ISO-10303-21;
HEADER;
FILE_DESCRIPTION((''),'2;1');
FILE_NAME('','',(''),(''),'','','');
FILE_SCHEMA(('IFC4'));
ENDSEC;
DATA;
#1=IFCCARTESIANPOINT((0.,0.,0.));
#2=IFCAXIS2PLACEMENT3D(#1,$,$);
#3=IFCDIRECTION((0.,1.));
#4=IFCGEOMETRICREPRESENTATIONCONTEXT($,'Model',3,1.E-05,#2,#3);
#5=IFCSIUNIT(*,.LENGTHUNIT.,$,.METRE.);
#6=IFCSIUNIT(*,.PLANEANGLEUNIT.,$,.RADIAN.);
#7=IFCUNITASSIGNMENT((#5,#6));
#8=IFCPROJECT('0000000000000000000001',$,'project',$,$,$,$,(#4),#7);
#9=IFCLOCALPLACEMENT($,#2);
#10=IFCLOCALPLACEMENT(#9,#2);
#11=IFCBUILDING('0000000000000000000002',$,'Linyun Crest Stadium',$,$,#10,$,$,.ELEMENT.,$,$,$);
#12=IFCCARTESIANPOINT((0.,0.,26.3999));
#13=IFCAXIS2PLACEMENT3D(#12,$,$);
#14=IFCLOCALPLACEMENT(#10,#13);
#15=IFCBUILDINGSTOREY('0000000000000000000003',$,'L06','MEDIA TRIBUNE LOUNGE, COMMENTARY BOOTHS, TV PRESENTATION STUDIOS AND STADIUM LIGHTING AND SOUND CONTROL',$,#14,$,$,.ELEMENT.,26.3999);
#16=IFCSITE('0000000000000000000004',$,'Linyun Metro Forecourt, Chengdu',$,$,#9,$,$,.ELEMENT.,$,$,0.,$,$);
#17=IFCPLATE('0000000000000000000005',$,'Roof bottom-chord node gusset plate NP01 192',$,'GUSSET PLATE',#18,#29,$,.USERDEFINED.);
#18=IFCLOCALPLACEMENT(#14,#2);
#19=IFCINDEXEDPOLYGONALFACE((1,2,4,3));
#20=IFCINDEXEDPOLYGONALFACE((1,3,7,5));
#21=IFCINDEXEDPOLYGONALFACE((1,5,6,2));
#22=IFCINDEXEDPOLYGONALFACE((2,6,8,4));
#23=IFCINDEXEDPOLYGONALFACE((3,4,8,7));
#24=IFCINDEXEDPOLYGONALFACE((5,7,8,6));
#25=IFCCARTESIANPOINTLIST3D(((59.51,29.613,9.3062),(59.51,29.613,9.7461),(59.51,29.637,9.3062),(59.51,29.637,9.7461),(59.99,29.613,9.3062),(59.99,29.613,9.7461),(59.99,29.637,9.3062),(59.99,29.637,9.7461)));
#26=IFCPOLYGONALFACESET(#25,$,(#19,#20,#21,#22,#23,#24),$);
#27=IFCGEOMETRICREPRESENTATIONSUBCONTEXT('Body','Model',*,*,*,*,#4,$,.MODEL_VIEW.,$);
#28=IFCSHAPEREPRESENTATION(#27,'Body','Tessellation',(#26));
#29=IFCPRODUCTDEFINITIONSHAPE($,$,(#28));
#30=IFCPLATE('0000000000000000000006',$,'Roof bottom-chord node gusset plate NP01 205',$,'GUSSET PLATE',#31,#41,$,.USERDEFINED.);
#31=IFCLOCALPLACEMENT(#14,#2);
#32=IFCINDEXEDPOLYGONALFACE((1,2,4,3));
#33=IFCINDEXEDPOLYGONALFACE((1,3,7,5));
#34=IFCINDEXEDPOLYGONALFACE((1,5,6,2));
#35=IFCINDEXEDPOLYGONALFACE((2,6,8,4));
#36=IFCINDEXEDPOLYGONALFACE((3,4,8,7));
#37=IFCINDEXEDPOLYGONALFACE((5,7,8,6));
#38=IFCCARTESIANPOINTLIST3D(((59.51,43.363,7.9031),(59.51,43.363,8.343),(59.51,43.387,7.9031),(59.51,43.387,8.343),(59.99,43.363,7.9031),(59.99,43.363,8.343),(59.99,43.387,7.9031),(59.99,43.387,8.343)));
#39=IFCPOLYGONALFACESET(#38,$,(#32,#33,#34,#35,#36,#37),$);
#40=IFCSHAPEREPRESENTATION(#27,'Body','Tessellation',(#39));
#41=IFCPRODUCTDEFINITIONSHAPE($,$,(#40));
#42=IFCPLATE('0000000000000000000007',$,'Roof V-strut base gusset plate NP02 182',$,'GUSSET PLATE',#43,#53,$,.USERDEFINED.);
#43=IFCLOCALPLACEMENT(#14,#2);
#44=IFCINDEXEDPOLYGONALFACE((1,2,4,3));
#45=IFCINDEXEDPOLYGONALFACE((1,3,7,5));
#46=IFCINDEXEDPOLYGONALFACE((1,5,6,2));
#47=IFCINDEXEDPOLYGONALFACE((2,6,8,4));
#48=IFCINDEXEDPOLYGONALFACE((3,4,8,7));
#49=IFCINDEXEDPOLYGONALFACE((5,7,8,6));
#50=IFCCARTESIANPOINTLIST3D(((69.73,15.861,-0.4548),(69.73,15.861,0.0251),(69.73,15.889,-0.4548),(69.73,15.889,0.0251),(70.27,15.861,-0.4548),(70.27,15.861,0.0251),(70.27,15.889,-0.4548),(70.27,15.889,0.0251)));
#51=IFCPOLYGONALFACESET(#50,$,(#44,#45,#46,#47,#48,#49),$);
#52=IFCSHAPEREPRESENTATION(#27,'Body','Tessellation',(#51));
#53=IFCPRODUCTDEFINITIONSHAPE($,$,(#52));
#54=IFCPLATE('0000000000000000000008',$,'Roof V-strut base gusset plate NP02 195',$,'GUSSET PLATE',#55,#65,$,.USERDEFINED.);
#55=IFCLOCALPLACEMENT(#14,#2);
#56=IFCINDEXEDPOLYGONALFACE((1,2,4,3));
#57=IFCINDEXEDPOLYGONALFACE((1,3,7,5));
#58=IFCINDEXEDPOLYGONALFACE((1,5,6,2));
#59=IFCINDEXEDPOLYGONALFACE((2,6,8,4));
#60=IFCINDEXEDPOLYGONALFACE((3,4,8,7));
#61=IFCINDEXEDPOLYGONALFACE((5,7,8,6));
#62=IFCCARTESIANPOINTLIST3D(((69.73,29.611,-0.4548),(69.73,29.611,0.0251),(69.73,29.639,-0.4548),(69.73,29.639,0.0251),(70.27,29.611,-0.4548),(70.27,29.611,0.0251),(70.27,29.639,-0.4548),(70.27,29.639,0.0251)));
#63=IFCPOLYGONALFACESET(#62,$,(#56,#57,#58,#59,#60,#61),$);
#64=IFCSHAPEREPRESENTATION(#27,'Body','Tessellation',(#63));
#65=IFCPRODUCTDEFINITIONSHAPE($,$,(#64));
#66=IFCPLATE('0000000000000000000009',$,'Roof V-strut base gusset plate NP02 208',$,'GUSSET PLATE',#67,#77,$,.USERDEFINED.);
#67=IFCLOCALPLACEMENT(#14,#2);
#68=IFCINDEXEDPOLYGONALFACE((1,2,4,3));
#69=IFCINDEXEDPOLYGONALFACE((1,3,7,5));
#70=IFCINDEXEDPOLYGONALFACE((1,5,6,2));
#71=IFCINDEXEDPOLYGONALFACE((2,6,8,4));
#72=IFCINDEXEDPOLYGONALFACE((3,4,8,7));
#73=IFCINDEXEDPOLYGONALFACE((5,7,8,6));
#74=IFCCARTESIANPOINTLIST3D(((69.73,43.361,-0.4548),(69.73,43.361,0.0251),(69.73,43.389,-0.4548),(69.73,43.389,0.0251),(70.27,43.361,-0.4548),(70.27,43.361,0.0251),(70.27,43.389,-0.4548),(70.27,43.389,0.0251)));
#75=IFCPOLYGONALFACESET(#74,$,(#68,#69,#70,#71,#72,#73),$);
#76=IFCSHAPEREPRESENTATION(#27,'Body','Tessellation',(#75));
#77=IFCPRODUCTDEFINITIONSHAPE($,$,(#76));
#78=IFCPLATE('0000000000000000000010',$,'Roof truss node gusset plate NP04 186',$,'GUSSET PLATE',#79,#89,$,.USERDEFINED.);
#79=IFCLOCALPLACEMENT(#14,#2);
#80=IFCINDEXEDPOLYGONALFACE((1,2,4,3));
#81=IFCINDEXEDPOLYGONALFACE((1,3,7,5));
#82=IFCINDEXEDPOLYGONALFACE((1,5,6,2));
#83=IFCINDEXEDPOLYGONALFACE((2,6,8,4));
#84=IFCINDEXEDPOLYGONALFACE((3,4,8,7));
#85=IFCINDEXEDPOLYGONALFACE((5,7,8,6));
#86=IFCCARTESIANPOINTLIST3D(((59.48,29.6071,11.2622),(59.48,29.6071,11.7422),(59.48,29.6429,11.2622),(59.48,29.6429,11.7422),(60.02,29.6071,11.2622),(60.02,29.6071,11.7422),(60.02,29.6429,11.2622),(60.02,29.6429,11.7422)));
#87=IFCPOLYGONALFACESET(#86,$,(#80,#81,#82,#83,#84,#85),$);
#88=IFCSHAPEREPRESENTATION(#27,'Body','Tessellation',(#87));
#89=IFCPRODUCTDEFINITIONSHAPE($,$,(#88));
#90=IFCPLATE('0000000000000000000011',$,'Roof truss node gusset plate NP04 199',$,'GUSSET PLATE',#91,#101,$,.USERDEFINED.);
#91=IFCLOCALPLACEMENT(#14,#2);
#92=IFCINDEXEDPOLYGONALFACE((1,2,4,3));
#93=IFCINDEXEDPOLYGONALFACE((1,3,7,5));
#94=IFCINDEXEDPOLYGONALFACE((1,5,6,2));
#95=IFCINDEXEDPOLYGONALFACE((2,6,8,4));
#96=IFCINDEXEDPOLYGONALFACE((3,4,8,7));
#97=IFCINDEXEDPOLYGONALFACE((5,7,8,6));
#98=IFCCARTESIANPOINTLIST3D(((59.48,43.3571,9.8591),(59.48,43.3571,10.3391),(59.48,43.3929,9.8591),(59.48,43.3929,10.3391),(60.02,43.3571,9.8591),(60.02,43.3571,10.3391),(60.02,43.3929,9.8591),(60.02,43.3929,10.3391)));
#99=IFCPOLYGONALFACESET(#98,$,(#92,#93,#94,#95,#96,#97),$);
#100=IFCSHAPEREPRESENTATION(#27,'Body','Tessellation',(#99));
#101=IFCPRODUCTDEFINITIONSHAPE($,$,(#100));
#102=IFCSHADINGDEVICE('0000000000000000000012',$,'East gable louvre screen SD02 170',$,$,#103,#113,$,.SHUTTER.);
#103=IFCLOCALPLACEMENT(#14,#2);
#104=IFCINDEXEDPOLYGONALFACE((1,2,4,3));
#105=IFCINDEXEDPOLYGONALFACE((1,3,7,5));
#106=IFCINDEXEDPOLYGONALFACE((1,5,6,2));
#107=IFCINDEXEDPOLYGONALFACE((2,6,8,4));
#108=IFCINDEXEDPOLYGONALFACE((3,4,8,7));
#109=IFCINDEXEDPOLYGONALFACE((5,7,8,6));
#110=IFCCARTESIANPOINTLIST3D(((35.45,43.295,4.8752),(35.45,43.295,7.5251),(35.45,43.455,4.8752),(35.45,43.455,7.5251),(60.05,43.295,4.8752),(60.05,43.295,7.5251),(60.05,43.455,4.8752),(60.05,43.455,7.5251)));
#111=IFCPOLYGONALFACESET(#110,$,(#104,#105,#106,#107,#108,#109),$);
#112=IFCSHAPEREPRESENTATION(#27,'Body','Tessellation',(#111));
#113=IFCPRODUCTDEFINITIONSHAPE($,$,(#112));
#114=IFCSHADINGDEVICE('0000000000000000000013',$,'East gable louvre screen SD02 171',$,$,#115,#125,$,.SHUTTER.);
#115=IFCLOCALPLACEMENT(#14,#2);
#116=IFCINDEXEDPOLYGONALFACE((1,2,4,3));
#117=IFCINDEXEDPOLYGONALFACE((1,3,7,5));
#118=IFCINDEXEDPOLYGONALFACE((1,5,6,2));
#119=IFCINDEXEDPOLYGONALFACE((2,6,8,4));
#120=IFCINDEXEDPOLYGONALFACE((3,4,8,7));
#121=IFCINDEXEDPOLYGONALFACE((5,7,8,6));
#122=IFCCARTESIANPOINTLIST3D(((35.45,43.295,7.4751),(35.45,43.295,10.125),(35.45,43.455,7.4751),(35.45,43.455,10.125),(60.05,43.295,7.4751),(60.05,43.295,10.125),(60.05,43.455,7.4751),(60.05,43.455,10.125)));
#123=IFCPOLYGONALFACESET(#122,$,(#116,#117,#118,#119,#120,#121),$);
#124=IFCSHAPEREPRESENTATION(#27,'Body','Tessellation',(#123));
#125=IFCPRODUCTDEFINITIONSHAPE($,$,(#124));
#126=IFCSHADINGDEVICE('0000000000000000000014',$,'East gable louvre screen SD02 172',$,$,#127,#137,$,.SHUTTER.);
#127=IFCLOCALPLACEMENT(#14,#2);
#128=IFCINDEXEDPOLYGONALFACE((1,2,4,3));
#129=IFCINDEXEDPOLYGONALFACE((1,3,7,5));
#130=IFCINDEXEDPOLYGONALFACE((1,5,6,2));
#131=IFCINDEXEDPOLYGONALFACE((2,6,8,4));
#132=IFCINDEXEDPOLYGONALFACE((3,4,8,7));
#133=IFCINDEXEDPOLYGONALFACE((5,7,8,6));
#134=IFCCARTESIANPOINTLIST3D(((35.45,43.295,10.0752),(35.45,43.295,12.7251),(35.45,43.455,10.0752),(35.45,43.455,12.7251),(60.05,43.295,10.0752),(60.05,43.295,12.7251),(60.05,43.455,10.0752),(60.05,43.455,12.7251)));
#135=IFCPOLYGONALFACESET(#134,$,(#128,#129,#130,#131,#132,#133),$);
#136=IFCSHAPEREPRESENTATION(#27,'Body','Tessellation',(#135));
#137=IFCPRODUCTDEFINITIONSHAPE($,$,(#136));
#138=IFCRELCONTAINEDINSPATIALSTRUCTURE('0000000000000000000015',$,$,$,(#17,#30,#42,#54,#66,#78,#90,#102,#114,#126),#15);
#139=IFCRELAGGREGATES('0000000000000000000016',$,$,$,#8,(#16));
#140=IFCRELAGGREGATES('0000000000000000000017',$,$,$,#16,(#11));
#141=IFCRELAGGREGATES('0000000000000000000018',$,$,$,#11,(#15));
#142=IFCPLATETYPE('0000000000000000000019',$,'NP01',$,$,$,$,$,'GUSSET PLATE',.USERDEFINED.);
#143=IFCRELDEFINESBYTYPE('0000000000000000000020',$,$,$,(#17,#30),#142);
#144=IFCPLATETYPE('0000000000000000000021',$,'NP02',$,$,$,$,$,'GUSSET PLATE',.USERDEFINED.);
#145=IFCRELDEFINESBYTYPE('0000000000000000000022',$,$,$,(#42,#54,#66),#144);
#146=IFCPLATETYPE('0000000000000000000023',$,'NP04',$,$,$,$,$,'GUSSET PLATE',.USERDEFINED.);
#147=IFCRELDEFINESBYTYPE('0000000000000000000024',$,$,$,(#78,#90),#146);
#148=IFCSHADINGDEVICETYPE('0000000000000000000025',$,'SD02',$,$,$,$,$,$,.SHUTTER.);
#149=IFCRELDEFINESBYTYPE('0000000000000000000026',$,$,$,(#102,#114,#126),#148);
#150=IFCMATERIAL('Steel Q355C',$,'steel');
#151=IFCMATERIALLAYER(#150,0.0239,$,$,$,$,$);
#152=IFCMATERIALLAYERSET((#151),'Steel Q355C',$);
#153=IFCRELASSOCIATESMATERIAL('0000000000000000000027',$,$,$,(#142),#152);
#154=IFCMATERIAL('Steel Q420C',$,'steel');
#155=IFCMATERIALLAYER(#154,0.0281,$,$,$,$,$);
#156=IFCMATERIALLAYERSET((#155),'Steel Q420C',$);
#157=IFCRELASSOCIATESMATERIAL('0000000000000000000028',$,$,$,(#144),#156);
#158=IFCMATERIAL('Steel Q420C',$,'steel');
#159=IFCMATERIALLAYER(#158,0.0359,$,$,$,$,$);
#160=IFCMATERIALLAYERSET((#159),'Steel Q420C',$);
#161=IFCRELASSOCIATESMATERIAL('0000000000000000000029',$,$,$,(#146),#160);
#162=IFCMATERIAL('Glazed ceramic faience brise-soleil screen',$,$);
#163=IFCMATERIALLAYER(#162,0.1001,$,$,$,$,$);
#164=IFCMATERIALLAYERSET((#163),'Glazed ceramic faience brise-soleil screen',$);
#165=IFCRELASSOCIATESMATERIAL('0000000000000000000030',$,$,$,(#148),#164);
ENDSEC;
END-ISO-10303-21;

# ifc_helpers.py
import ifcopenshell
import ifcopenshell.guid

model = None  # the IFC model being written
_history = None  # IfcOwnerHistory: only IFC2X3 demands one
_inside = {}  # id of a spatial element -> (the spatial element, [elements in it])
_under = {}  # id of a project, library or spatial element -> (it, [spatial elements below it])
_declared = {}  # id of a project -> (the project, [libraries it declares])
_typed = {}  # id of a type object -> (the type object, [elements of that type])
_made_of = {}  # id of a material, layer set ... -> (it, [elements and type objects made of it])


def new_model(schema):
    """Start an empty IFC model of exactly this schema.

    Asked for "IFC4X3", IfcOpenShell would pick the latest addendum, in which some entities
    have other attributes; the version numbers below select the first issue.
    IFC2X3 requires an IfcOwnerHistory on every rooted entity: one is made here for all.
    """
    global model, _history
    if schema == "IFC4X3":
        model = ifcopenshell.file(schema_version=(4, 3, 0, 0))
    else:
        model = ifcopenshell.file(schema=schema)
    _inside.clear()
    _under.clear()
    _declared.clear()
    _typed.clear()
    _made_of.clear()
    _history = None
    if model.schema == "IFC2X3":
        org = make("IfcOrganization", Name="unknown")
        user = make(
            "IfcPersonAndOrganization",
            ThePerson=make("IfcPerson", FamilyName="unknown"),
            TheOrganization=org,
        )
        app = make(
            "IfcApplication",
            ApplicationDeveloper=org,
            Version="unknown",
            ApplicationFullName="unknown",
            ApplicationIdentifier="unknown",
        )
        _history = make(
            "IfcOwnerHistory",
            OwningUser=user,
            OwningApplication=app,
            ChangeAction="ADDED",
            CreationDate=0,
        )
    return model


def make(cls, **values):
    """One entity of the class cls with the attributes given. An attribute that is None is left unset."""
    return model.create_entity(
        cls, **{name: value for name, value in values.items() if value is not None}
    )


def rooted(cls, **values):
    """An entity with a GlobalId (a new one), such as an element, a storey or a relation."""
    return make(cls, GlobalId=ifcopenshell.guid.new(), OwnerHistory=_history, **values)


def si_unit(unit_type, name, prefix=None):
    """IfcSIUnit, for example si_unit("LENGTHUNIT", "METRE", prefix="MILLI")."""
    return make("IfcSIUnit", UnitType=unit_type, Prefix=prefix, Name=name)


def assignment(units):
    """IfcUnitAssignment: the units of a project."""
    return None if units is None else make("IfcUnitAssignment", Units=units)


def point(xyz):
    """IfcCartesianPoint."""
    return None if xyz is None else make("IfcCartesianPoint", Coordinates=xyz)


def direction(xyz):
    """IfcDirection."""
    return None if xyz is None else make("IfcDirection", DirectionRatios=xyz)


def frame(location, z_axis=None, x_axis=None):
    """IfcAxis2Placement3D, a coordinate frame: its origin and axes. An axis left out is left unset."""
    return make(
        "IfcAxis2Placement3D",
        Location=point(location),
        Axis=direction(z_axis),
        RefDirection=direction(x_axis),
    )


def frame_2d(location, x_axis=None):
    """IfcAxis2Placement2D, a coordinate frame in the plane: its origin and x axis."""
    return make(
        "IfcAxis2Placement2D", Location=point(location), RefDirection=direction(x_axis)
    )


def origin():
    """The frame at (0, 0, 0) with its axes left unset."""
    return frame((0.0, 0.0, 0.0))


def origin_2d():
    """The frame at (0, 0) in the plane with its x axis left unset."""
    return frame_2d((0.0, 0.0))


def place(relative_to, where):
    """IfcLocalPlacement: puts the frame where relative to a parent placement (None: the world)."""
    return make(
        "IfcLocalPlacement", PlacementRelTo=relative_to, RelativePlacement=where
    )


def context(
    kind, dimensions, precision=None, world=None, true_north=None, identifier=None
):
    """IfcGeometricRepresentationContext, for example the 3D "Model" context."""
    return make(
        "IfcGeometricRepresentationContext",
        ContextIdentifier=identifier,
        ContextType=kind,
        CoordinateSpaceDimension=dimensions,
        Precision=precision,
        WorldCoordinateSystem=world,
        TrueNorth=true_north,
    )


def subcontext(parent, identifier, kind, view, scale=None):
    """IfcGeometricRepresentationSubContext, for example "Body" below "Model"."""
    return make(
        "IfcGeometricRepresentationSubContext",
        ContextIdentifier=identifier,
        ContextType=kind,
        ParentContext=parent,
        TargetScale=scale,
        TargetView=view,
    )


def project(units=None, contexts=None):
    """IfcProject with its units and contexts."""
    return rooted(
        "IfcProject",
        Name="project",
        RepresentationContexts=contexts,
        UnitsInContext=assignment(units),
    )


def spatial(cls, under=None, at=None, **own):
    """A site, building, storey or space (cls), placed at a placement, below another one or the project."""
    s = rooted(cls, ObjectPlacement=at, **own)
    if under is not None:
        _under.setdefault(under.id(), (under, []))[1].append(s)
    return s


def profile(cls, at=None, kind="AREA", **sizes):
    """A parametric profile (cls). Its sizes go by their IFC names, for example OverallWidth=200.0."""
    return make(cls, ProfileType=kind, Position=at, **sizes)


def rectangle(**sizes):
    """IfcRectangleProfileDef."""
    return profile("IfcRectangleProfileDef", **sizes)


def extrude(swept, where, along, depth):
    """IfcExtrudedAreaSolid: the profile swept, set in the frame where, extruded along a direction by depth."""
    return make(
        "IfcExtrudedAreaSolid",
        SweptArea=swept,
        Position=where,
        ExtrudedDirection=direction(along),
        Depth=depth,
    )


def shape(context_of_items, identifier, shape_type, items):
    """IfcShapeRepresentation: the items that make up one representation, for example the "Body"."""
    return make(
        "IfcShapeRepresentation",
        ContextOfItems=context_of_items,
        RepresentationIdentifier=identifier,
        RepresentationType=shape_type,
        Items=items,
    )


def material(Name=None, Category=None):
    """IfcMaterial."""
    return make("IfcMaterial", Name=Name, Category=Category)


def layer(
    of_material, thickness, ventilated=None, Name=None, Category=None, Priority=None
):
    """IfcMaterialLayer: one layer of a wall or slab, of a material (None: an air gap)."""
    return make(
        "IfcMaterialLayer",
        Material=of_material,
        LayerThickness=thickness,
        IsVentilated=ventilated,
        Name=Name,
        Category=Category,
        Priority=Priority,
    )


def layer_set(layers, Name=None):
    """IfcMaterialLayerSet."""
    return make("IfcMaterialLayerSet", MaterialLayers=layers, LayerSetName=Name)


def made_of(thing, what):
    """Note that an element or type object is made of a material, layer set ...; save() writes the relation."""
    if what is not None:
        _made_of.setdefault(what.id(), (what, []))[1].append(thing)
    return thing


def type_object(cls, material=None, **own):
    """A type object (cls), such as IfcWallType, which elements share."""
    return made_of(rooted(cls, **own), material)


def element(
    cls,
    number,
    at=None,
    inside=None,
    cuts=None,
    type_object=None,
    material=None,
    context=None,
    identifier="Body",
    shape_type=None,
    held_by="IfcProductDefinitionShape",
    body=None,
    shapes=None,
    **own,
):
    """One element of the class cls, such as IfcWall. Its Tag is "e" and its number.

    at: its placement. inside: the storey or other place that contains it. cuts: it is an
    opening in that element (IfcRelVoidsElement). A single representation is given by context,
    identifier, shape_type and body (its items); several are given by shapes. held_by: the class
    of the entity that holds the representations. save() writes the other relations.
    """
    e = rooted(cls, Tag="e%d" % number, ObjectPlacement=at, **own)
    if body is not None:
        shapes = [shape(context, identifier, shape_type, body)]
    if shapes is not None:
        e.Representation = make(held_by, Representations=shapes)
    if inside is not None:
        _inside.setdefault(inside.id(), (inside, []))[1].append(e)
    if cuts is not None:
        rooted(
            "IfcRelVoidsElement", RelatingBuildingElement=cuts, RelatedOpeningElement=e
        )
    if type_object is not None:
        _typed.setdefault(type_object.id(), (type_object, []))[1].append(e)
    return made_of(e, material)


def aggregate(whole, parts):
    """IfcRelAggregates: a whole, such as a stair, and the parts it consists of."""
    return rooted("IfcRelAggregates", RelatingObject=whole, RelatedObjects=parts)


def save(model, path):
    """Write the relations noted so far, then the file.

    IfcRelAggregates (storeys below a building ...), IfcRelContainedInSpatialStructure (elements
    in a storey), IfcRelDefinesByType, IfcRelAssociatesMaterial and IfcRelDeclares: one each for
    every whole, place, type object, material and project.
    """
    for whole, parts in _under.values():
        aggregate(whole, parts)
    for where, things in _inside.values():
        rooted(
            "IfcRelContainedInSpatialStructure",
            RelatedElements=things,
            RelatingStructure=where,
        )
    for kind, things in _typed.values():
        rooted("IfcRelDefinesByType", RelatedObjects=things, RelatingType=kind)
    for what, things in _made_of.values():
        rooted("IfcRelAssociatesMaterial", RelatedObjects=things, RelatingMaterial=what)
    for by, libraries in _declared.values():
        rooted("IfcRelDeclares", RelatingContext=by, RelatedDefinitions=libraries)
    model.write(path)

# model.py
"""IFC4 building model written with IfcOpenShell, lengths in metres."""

from ifc_helpers import new_model, si_unit, direction, frame, origin, origin_2d, place, context, subcontext, project, spatial, rectangle, extrude, material, layer, layer_set, type_object, element, save


model = new_model("IFC4")

# Units and contexts
model_context = context("Model", 3, precision=1e-05, world=origin(), true_north=direction((0.0, 1.0)))
body_context = subcontext(model_context, "Body", "Model", "MODEL_VIEW")
ifc_project = project(units=[si_unit("LENGTHUNIT", "METRE"), si_unit("PLANEANGLEUNIT", "RADIAN")], contexts=[model_context])

# Site, building, storey
site_placement = place(None, origin())
site = spatial("IfcSite", under=ifc_project, at=site_placement, Name="Linyun Metro Forecourt, Chengdu", CompositionType="ELEMENT", RefElevation=0.0)
building_placement = place(site_placement, origin())
building = spatial("IfcBuilding", under=site, at=building_placement, Name="Linyun Crest Stadium", CompositionType="ELEMENT")
storey_placement = place(building_placement, frame((0.0, 0.0, 26.3999)))
storey = spatial("IfcBuildingStorey", under=building, at=storey_placement, Name="L06", Description="MEDIA TRIBUNE LOUNGE, COMMENTARY BOOTHS, TV PRESENTATION STUDIOS AND STADIUM LIGHTING AND SOUND CONTROL", CompositionType="ELEMENT", Elevation=26.3999)

# Plates
ifc_material_1 = material(Name="Steel Q355C", Category="steel")
ifc_layer_1 = layer(ifc_material_1, 0.0239)
ifc_layer_set_1 = layer_set([ifc_layer_1], Name="Steel Q355C")
plate_type_1 = type_object("IfcPlateType", Name="NP01", ElementType="GUSSET PLATE", PredefinedType="USERDEFINED", material=ifc_layer_set_1)
for number, where, z_axis, x_axis, name in (
    (1, (59.75, 29.625, 9.3062), (0.0, 0.0, 1.0), (1.0, 0.0, 0.0), "Roof bottom-chord node gusset plate NP01 192"),
    (2, (59.75, 43.375, 7.9031), (0.0, 0.0, 1.0), (1.0, 0.0, 0.0), "Roof bottom-chord node gusset plate NP01 205"),
):
    element("IfcPlate", number, at=place(storey_placement, frame(where, z_axis=z_axis, x_axis=x_axis)), inside=storey, type_object=plate_type_1, Name=name, ObjectType="GUSSET PLATE", PredefinedType="USERDEFINED", context=body_context, shape_type="SweptSolid", body=[
        extrude(rectangle(XDim=0.48, YDim=0.0239, at=origin_2d()), origin(), (0.0, 0.0, 1.0), 0.4399),
    ])
ifc_material_2 = material(Name="Steel Q420C", Category="steel")
ifc_layer_2 = layer(ifc_material_2, 0.0281)
ifc_layer_set_2 = layer_set([ifc_layer_2], Name="Steel Q420C")
plate_type_2 = type_object("IfcPlateType", Name="NP02", ElementType="GUSSET PLATE", PredefinedType="USERDEFINED", material=ifc_layer_set_2)
for number, where, z_axis, x_axis, name in (
    (3, (70.0, 15.875, -0.4548), (0.0, 0.0, 1.0), (1.0, 0.0, 0.0), "Roof V-strut base gusset plate NP02 182"),
    (4, (70.0, 29.625, -0.4548), (0.0, 0.0, 1.0), (1.0, 0.0, 0.0), "Roof V-strut base gusset plate NP02 195"),
    (5, (70.0, 43.375, -0.4548), (0.0, 0.0, 1.0), (1.0, 0.0, 0.0), "Roof V-strut base gusset plate NP02 208"),
):
    element("IfcPlate", number, at=place(storey_placement, frame(where, z_axis=z_axis, x_axis=x_axis)), inside=storey, type_object=plate_type_2, Name=name, ObjectType="GUSSET PLATE", PredefinedType="USERDEFINED", context=body_context, shape_type="SweptSolid", body=[
        extrude(rectangle(XDim=0.54, YDim=0.0281, at=origin_2d()), origin(), (0.0, 0.0, 1.0), 0.48),
    ])
ifc_material_3 = material(Name="Steel Q420C", Category="steel")
ifc_layer_3 = layer(ifc_material_3, 0.0359)
ifc_layer_set_3 = layer_set([ifc_layer_3], Name="Steel Q420C")
plate_type_3 = type_object("IfcPlateType", Name="NP04", ElementType="GUSSET PLATE", PredefinedType="USERDEFINED", material=ifc_layer_set_3)
for number, where, z_axis, x_axis, name in (
    (6, (59.75, 29.625, 11.2622), (0.0, 0.0, 1.0), (1.0, 0.0, 0.0), "Roof truss node gusset plate NP04 186"),
    (7, (59.75, 43.375, 9.8591), (0.0, 0.0, 1.0), (1.0, 0.0, 0.0), "Roof truss node gusset plate NP04 199"),
):
    element("IfcPlate", number, at=place(storey_placement, frame(where, z_axis=z_axis, x_axis=x_axis)), inside=storey, type_object=plate_type_3, Name=name, ObjectType="GUSSET PLATE", PredefinedType="USERDEFINED", context=body_context, shape_type="SweptSolid", body=[
        extrude(rectangle(XDim=0.54, YDim=0.0359, at=origin_2d()), origin(), (0.0, 0.0, 1.0), 0.48),
    ])

# Shading devices
ifc_material_4 = material(Name="Glazed ceramic faience brise-soleil screen")
ifc_layer_4 = layer(ifc_material_4, 0.1001)
ifc_layer_set_4 = layer_set([ifc_layer_4], Name="Glazed ceramic faience brise-soleil screen")
shading_device_type = type_object("IfcShadingDeviceType", Name="SD02", PredefinedType="SHUTTER", material=ifc_layer_set_4)
for number, where, z_axis, x_axis, name in (
    (8, (47.75, 43.375, 4.8752), (0.0, 0.0, 1.0), (1.0, 0.0, 0.0), "East gable louvre screen SD02 170"),
    (9, (47.75, 43.375, 7.4751), (0.0, 0.0, 1.0), (1.0, 0.0, 0.0), "East gable louvre screen SD02 171"),
    (10, (47.75, 43.375, 10.0752), (0.0, 0.0, 1.0), (1.0, 0.0, 0.0), "East gable louvre screen SD02 172"),
):
    element("IfcShadingDevice", number, at=place(storey_placement, frame(where, z_axis=z_axis, x_axis=x_axis)), inside=storey, type_object=shading_device_type, Name=name, PredefinedType="SHUTTER", context=body_context, shape_type="SweptSolid", body=[
        extrude(rectangle(XDim=24.6001, YDim=0.1599, at=origin_2d()), origin(), (0.0, 0.0, 1.0), 2.6499),
    ])

save(model, "model.ifc")
